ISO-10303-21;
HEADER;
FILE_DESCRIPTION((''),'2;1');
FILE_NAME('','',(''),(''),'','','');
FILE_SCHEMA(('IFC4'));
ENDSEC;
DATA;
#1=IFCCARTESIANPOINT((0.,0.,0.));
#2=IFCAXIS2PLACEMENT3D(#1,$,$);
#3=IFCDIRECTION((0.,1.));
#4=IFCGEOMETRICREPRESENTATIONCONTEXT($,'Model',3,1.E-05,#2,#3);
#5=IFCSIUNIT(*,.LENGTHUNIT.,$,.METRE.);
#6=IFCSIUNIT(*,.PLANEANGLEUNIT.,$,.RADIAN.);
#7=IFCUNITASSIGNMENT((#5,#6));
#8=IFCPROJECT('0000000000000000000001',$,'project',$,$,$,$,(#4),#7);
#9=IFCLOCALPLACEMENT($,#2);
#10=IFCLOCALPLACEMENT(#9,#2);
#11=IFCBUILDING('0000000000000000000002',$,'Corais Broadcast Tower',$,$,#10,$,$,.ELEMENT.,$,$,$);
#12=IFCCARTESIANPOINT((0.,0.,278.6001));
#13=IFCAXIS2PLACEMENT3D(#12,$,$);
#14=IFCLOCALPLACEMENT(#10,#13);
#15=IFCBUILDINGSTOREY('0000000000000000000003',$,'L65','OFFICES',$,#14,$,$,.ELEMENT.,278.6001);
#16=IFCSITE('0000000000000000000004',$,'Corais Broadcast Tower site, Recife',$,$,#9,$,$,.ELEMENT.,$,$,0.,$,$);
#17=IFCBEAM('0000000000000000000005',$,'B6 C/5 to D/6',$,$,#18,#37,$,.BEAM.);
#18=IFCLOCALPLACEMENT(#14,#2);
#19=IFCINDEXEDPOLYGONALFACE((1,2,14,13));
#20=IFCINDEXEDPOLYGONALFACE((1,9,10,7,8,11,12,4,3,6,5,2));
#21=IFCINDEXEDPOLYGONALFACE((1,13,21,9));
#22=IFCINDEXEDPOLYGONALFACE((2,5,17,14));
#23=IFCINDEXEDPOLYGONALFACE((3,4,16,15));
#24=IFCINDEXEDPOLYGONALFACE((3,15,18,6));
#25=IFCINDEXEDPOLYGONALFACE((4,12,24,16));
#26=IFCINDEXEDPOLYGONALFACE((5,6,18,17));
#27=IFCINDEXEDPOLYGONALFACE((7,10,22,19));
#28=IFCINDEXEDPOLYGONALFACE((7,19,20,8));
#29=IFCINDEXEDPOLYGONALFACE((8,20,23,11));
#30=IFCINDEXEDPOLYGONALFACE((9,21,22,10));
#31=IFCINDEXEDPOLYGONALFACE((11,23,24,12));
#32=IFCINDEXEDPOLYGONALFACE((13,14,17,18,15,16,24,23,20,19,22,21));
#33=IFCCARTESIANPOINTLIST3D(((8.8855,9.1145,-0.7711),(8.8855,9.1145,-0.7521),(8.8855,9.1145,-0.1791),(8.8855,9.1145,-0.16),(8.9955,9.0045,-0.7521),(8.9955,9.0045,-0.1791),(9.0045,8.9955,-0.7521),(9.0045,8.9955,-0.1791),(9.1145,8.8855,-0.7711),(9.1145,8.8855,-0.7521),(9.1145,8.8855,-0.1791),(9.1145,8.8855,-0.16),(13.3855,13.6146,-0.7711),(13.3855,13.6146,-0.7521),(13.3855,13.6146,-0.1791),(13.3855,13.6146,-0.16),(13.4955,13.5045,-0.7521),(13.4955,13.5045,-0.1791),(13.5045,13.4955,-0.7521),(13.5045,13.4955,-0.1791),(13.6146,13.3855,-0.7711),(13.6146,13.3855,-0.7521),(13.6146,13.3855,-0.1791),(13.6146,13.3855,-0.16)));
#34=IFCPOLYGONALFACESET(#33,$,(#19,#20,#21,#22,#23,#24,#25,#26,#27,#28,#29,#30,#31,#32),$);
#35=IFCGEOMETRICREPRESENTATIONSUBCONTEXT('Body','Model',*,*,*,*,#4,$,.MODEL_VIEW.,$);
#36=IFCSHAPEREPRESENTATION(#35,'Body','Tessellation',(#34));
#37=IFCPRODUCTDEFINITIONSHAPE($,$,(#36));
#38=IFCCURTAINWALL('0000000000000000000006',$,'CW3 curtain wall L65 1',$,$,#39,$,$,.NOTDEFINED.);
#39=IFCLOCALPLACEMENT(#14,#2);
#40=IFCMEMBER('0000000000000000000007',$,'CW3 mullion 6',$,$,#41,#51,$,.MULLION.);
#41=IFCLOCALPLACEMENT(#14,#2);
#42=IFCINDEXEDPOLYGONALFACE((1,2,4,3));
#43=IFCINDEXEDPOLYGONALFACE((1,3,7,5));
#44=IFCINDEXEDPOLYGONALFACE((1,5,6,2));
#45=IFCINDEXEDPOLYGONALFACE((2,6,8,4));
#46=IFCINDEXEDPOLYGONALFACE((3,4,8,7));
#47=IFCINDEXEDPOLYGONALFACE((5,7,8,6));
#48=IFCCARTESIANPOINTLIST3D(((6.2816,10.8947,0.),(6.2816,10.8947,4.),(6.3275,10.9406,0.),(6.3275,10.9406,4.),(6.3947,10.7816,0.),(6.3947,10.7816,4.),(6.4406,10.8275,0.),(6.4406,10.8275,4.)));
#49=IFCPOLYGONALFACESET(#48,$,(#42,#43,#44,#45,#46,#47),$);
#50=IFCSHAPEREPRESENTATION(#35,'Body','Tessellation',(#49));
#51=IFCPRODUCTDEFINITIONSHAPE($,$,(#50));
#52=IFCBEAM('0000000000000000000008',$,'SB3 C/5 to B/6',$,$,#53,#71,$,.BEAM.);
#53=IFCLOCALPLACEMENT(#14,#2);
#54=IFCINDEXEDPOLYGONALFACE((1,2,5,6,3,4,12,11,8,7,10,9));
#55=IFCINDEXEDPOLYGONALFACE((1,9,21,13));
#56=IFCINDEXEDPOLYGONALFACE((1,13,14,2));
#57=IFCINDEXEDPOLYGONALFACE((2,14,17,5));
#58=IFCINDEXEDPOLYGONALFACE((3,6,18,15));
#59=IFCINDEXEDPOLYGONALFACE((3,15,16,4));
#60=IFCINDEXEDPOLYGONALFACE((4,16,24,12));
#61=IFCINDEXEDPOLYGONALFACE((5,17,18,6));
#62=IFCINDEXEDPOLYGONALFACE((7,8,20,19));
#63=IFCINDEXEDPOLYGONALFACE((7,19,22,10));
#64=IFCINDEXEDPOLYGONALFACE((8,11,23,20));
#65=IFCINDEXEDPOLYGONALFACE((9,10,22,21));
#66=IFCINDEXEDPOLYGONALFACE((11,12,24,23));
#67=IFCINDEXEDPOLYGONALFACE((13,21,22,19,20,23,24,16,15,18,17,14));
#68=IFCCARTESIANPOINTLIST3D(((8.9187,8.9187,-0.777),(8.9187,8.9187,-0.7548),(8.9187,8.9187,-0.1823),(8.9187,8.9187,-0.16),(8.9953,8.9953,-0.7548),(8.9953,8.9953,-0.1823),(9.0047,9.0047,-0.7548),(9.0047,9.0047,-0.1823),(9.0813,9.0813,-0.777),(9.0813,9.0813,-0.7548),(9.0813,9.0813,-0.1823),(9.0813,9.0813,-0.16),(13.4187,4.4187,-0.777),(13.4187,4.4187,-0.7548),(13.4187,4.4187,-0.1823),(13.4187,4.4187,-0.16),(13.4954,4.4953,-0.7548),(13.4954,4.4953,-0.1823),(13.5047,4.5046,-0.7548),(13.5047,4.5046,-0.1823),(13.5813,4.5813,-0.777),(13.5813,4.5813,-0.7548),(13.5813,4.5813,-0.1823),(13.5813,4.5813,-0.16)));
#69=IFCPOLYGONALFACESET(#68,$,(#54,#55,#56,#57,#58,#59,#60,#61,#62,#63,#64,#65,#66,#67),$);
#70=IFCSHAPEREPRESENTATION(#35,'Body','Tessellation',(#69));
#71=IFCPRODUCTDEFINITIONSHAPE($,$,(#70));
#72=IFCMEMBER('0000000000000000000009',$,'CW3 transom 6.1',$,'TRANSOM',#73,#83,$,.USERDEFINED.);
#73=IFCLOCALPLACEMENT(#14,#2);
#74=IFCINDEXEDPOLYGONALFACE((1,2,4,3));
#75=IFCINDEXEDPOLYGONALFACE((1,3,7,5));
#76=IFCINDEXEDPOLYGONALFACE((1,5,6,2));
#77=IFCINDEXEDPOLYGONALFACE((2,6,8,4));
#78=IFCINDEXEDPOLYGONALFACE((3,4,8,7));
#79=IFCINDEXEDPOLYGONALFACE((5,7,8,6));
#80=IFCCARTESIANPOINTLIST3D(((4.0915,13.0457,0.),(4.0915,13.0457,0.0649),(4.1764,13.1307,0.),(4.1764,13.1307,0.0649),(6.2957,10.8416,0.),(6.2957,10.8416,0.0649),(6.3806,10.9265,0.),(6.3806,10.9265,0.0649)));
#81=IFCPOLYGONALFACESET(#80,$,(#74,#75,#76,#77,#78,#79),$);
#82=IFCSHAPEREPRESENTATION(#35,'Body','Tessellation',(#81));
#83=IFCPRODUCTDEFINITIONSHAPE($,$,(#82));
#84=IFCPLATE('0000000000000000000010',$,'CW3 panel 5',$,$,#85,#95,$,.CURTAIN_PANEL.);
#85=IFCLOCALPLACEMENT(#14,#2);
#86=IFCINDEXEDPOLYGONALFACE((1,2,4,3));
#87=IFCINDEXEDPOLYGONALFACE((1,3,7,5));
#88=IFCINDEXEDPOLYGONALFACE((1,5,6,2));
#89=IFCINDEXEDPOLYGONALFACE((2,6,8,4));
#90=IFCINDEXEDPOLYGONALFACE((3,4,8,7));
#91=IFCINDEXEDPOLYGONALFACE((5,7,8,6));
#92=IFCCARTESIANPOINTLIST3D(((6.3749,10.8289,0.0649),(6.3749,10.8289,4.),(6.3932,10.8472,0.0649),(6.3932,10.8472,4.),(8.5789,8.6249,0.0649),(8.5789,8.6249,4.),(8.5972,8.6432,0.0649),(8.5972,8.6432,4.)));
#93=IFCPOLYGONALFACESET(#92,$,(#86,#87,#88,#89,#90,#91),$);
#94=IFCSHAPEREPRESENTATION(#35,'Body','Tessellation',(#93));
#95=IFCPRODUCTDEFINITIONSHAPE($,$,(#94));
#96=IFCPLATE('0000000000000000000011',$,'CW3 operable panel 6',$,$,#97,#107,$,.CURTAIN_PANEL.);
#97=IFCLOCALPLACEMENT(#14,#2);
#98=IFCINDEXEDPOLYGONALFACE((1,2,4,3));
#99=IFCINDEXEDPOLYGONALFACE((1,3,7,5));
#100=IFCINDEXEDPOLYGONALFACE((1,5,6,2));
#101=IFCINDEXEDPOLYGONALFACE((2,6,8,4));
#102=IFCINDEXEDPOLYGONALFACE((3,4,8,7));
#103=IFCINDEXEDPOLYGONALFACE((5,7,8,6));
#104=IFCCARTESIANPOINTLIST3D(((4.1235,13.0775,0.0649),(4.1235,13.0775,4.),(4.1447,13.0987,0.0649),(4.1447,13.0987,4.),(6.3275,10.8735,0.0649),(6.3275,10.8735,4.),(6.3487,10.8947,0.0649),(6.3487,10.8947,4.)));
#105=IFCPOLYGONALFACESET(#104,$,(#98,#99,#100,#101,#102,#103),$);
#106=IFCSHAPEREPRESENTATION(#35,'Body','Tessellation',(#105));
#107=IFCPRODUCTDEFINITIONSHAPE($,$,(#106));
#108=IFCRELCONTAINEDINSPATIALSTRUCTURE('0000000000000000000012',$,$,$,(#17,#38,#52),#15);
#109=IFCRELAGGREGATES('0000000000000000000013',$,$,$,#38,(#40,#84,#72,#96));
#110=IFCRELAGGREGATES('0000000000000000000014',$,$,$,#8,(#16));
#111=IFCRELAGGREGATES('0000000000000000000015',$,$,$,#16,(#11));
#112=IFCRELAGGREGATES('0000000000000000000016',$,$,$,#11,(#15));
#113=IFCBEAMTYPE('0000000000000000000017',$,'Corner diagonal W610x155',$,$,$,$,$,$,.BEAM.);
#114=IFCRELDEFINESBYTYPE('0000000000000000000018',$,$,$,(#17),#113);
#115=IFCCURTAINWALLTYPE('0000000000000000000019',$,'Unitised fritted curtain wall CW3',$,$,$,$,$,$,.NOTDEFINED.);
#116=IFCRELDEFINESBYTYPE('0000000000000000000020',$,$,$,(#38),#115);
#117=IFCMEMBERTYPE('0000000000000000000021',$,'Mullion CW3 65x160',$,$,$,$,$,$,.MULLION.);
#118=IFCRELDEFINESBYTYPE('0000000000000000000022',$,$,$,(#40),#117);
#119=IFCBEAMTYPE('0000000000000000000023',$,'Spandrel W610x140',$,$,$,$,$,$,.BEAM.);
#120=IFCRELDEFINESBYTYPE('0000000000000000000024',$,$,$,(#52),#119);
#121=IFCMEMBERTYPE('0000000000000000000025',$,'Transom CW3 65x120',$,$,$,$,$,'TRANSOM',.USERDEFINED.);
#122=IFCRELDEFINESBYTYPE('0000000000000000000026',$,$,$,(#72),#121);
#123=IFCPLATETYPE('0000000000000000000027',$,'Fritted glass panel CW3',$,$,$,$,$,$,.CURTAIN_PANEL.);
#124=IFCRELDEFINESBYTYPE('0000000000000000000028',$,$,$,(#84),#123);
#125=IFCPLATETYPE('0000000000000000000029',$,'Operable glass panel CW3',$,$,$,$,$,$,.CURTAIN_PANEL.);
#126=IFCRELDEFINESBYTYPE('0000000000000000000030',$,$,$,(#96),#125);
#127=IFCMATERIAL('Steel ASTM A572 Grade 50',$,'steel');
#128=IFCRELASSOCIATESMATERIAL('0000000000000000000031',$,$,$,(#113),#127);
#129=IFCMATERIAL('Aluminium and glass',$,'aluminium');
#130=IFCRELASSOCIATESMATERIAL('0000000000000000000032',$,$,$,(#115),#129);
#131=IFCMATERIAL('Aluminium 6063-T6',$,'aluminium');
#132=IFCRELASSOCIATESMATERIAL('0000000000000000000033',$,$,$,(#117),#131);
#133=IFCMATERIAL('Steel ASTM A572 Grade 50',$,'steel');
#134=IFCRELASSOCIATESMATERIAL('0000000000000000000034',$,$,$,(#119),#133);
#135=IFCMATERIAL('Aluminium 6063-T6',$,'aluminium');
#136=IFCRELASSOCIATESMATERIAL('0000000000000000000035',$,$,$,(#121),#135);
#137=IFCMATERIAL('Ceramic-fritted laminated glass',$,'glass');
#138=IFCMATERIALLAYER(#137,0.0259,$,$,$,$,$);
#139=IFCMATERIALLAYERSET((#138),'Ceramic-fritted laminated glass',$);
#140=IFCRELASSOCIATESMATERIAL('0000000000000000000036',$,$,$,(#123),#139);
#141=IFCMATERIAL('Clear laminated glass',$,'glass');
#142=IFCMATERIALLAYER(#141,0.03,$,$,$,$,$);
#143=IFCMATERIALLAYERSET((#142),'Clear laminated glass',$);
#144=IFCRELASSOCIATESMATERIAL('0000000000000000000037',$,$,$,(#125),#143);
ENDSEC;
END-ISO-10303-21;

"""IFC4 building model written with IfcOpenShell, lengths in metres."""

from ifc_helpers import new_model, si_unit, direction, frame, origin, origin_2d, place, context, subcontext, project, spatial, rectangle, i_section, extrude, material, layer, layer_set, material_profile, profile_set, type_object, element, aggregate, save


model = new_model("IFC4")

# Units and contexts
model_context = context("Model", 3, precision=1e-05, world=origin(), true_north=direction((0.0, 1.0)))
body_context = subcontext(model_context, "Body", "Model", "MODEL_VIEW")
ifc_project = project(units=[si_unit("LENGTHUNIT", "METRE"), si_unit("PLANEANGLEUNIT", "RADIAN")], contexts=[model_context])

# Site, building, storey
site_placement = place(None, origin())
site = spatial("IfcSite", under=ifc_project, at=site_placement, Name="Corais Broadcast Tower site, Recife", CompositionType="ELEMENT", RefElevation=0.0)
building_placement = place(site_placement, origin())
building = spatial("IfcBuilding", under=site, at=building_placement, Name="Corais Broadcast Tower", CompositionType="ELEMENT")
storey_placement = place(building_placement, frame((0.0, 0.0, 278.6001)))
storey = spatial("IfcBuildingStorey", under=building, at=storey_placement, Name="L65", Description="OFFICES", CompositionType="ELEMENT", Elevation=278.6001)

# Beam
ifc_material_1 = material(Name="Steel ASTM A572 Grade 50", Category="steel")
ifc_material_profile_1 = material_profile(ifc_material_1, i_section(OverallWidth=0.324, OverallDepth=0.6111, WebThickness=0.0127, FlangeThickness=0.019, at=origin_2d()), Name="W610x155")
ifc_profile_set_1 = profile_set([ifc_material_profile_1], Name="Steel ASTM A572 Grade 50")
beam_type_1 = type_object("IfcBeamType", Name="Corner diagonal W610x155", PredefinedType="BEAM", material=ifc_profile_set_1)
beam_1_placement = place(storey_placement, frame((9.0, 9.0, -0.4656), z_axis=(0.707107, 0.707107, 0.0), x_axis=(-0.707107, 0.707107, 0.0)))
element("IfcBeam", 1, at=beam_1_placement, inside=storey, type_object=beam_type_1, Name="B6 C/5 to D/6", PredefinedType="BEAM", context=body_context, shape_type="SweptSolid", body=[
    extrude(i_section(OverallWidth=0.324, OverallDepth=0.6111, WebThickness=0.0127, FlangeThickness=0.019, at=origin_2d()), origin(), (0.0, 0.0, 1.0), 6.364),
])

# Curtain wall, member
ifc_material_2 = material(Name="Aluminium and glass", Category="aluminium")
curtain_wall_type = type_object("IfcCurtainWallType", Name="Unitised fritted curtain wall CW3", PredefinedType="NOTDEFINED", material=ifc_material_2)
curtain_wall_placement = place(storey_placement, origin())
curtain_wall = element("IfcCurtainWall", 2, at=curtain_wall_placement, inside=storey, type_object=curtain_wall_type, Name="CW3 curtain wall L65 1", PredefinedType="NOTDEFINED")
ifc_material_3 = material(Name="Aluminium 6063-T6", Category="aluminium")
ifc_material_profile_2 = material_profile(ifc_material_3, rectangle(XDim=0.0649, YDim=0.1599, at=origin_2d()), Name="Mullion CW3 65x160")
ifc_profile_set_2 = profile_set([ifc_material_profile_2], Name="Aluminium 6063-T6")
member_type_1 = type_object("IfcMemberType", Name="Mullion CW3 65x160", PredefinedType="MULLION", material=ifc_profile_set_2)
member_1_placement = place(storey_placement, frame((6.3611, 10.8611, 0.0), z_axis=(0.0, 0.0, 1.0), x_axis=(-0.707107, -0.707107, 0.0)))
member_1 = element("IfcMember", 3, at=member_1_placement, type_object=member_type_1, Name="CW3 mullion 6", PredefinedType="MULLION", context=body_context, shape_type="SweptSolid", body=[
    extrude(rectangle(XDim=0.0649, YDim=0.1599, at=origin_2d()), origin(), (0.0, 0.0, 1.0), 4.0),
])

# Beam
ifc_material_4 = material(Name="Steel ASTM A572 Grade 50", Category="steel")
ifc_material_profile_3 = material_profile(ifc_material_4, i_section(OverallWidth=0.23, OverallDepth=0.6169, WebThickness=0.0132, FlangeThickness=0.0222, at=origin_2d()), Name="W610x140")
ifc_profile_set_3 = profile_set([ifc_material_profile_3], Name="Steel ASTM A572 Grade 50")
beam_type_2 = type_object("IfcBeamType", Name="Spandrel W610x140", PredefinedType="BEAM", material=ifc_profile_set_3)
beam_2_placement = place(storey_placement, frame((9.0, 9.0, -0.4685), z_axis=(0.707107, -0.707107, 0.0), x_axis=(0.707107, 0.707107, 0.0)))
element("IfcBeam", 4, at=beam_2_placement, inside=storey, type_object=beam_type_2, Name="SB3 C/5 to B/6", PredefinedType="BEAM", context=body_context, shape_type="SweptSolid", body=[
    extrude(i_section(OverallWidth=0.23, OverallDepth=0.6169, WebThickness=0.0132, FlangeThickness=0.0222, at=origin_2d()), origin(), (0.0, 0.0, 1.0), 6.364),
])

# Member
ifc_material_5 = material(Name="Aluminium 6063-T6", Category="aluminium")
ifc_material_profile_4 = material_profile(ifc_material_5, rectangle(XDim=0.1201, YDim=0.0649, at=origin_2d()), Name="Transom CW3 65x120")
ifc_profile_set_4 = profile_set([ifc_material_profile_4], Name="Aluminium 6063-T6")
member_type_2 = type_object("IfcMemberType", Name="Transom CW3 65x120", ElementType="TRANSOM", PredefinedType="USERDEFINED", material=ifc_profile_set_4)
member_2_placement = place(storey_placement, frame((6.3381, 10.884, 0.0325), z_axis=(-0.707107, 0.707107, 0.0), x_axis=(-0.707107, -0.707107, 0.0)))
member_2 = element("IfcMember", 5, at=member_2_placement, type_object=member_type_2, Name="CW3 transom 6.1", ObjectType="TRANSOM", PredefinedType="USERDEFINED", context=body_context, shape_type="SweptSolid", body=[
    extrude(rectangle(XDim=0.1201, YDim=0.0649, at=origin_2d()), origin(), (0.0, 0.0, 1.0), 3.1172),
])

# Plates
ifc_material_6 = material(Name="Ceramic-fritted laminated glass", Category="glass")
ifc_layer_1 = layer(ifc_material_6, 0.0259)
ifc_layer_set_1 = layer_set([ifc_layer_1], Name="Ceramic-fritted laminated glass")
plate_type_1 = type_object("IfcPlateType", Name="Fritted glass panel CW3", PredefinedType="CURTAIN_PANEL", material=ifc_layer_set_1)
plate_1_placement = place(storey_placement, frame((7.4861, 9.7361, 0.0649), z_axis=(0.0, 0.0, 1.0), x_axis=(-0.707107, 0.707107, 0.0)))
plate_1 = element("IfcPlate", 6, at=plate_1_placement, type_object=plate_type_1, Name="CW3 panel 5", PredefinedType="CURTAIN_PANEL", context=body_context, shape_type="SweptSolid", body=[
    extrude(rectangle(XDim=3.1169, YDim=0.0259, at=origin_2d()), origin(), (0.0, 0.0, 1.0), 3.9351),
])
ifc_material_7 = material(Name="Clear laminated glass", Category="glass")
ifc_layer_2 = layer(ifc_material_7, 0.03)
ifc_layer_set_2 = layer_set([ifc_layer_2], Name="Clear laminated glass")
plate_type_2 = type_object("IfcPlateType", Name="Operable glass panel CW3", PredefinedType="CURTAIN_PANEL", material=ifc_layer_set_2)
plate_2_placement = place(storey_placement, frame((5.2361, 11.9861, 0.0649), z_axis=(0.0, 0.0, 1.0), x_axis=(-0.707107, 0.707107, 0.0)))
plate_2 = element("IfcPlate", 7, at=plate_2_placement, type_object=plate_type_2, Name="CW3 operable panel 6", PredefinedType="CURTAIN_PANEL", context=body_context, shape_type="SweptSolid", body=[
    extrude(rectangle(XDim=3.1169, YDim=0.03, at=origin_2d()), origin(), (0.0, 0.0, 1.0), 3.9351),
])
aggregate(curtain_wall, [member_1, plate_1, member_2, plate_2])

save(model, "model.ifc")
